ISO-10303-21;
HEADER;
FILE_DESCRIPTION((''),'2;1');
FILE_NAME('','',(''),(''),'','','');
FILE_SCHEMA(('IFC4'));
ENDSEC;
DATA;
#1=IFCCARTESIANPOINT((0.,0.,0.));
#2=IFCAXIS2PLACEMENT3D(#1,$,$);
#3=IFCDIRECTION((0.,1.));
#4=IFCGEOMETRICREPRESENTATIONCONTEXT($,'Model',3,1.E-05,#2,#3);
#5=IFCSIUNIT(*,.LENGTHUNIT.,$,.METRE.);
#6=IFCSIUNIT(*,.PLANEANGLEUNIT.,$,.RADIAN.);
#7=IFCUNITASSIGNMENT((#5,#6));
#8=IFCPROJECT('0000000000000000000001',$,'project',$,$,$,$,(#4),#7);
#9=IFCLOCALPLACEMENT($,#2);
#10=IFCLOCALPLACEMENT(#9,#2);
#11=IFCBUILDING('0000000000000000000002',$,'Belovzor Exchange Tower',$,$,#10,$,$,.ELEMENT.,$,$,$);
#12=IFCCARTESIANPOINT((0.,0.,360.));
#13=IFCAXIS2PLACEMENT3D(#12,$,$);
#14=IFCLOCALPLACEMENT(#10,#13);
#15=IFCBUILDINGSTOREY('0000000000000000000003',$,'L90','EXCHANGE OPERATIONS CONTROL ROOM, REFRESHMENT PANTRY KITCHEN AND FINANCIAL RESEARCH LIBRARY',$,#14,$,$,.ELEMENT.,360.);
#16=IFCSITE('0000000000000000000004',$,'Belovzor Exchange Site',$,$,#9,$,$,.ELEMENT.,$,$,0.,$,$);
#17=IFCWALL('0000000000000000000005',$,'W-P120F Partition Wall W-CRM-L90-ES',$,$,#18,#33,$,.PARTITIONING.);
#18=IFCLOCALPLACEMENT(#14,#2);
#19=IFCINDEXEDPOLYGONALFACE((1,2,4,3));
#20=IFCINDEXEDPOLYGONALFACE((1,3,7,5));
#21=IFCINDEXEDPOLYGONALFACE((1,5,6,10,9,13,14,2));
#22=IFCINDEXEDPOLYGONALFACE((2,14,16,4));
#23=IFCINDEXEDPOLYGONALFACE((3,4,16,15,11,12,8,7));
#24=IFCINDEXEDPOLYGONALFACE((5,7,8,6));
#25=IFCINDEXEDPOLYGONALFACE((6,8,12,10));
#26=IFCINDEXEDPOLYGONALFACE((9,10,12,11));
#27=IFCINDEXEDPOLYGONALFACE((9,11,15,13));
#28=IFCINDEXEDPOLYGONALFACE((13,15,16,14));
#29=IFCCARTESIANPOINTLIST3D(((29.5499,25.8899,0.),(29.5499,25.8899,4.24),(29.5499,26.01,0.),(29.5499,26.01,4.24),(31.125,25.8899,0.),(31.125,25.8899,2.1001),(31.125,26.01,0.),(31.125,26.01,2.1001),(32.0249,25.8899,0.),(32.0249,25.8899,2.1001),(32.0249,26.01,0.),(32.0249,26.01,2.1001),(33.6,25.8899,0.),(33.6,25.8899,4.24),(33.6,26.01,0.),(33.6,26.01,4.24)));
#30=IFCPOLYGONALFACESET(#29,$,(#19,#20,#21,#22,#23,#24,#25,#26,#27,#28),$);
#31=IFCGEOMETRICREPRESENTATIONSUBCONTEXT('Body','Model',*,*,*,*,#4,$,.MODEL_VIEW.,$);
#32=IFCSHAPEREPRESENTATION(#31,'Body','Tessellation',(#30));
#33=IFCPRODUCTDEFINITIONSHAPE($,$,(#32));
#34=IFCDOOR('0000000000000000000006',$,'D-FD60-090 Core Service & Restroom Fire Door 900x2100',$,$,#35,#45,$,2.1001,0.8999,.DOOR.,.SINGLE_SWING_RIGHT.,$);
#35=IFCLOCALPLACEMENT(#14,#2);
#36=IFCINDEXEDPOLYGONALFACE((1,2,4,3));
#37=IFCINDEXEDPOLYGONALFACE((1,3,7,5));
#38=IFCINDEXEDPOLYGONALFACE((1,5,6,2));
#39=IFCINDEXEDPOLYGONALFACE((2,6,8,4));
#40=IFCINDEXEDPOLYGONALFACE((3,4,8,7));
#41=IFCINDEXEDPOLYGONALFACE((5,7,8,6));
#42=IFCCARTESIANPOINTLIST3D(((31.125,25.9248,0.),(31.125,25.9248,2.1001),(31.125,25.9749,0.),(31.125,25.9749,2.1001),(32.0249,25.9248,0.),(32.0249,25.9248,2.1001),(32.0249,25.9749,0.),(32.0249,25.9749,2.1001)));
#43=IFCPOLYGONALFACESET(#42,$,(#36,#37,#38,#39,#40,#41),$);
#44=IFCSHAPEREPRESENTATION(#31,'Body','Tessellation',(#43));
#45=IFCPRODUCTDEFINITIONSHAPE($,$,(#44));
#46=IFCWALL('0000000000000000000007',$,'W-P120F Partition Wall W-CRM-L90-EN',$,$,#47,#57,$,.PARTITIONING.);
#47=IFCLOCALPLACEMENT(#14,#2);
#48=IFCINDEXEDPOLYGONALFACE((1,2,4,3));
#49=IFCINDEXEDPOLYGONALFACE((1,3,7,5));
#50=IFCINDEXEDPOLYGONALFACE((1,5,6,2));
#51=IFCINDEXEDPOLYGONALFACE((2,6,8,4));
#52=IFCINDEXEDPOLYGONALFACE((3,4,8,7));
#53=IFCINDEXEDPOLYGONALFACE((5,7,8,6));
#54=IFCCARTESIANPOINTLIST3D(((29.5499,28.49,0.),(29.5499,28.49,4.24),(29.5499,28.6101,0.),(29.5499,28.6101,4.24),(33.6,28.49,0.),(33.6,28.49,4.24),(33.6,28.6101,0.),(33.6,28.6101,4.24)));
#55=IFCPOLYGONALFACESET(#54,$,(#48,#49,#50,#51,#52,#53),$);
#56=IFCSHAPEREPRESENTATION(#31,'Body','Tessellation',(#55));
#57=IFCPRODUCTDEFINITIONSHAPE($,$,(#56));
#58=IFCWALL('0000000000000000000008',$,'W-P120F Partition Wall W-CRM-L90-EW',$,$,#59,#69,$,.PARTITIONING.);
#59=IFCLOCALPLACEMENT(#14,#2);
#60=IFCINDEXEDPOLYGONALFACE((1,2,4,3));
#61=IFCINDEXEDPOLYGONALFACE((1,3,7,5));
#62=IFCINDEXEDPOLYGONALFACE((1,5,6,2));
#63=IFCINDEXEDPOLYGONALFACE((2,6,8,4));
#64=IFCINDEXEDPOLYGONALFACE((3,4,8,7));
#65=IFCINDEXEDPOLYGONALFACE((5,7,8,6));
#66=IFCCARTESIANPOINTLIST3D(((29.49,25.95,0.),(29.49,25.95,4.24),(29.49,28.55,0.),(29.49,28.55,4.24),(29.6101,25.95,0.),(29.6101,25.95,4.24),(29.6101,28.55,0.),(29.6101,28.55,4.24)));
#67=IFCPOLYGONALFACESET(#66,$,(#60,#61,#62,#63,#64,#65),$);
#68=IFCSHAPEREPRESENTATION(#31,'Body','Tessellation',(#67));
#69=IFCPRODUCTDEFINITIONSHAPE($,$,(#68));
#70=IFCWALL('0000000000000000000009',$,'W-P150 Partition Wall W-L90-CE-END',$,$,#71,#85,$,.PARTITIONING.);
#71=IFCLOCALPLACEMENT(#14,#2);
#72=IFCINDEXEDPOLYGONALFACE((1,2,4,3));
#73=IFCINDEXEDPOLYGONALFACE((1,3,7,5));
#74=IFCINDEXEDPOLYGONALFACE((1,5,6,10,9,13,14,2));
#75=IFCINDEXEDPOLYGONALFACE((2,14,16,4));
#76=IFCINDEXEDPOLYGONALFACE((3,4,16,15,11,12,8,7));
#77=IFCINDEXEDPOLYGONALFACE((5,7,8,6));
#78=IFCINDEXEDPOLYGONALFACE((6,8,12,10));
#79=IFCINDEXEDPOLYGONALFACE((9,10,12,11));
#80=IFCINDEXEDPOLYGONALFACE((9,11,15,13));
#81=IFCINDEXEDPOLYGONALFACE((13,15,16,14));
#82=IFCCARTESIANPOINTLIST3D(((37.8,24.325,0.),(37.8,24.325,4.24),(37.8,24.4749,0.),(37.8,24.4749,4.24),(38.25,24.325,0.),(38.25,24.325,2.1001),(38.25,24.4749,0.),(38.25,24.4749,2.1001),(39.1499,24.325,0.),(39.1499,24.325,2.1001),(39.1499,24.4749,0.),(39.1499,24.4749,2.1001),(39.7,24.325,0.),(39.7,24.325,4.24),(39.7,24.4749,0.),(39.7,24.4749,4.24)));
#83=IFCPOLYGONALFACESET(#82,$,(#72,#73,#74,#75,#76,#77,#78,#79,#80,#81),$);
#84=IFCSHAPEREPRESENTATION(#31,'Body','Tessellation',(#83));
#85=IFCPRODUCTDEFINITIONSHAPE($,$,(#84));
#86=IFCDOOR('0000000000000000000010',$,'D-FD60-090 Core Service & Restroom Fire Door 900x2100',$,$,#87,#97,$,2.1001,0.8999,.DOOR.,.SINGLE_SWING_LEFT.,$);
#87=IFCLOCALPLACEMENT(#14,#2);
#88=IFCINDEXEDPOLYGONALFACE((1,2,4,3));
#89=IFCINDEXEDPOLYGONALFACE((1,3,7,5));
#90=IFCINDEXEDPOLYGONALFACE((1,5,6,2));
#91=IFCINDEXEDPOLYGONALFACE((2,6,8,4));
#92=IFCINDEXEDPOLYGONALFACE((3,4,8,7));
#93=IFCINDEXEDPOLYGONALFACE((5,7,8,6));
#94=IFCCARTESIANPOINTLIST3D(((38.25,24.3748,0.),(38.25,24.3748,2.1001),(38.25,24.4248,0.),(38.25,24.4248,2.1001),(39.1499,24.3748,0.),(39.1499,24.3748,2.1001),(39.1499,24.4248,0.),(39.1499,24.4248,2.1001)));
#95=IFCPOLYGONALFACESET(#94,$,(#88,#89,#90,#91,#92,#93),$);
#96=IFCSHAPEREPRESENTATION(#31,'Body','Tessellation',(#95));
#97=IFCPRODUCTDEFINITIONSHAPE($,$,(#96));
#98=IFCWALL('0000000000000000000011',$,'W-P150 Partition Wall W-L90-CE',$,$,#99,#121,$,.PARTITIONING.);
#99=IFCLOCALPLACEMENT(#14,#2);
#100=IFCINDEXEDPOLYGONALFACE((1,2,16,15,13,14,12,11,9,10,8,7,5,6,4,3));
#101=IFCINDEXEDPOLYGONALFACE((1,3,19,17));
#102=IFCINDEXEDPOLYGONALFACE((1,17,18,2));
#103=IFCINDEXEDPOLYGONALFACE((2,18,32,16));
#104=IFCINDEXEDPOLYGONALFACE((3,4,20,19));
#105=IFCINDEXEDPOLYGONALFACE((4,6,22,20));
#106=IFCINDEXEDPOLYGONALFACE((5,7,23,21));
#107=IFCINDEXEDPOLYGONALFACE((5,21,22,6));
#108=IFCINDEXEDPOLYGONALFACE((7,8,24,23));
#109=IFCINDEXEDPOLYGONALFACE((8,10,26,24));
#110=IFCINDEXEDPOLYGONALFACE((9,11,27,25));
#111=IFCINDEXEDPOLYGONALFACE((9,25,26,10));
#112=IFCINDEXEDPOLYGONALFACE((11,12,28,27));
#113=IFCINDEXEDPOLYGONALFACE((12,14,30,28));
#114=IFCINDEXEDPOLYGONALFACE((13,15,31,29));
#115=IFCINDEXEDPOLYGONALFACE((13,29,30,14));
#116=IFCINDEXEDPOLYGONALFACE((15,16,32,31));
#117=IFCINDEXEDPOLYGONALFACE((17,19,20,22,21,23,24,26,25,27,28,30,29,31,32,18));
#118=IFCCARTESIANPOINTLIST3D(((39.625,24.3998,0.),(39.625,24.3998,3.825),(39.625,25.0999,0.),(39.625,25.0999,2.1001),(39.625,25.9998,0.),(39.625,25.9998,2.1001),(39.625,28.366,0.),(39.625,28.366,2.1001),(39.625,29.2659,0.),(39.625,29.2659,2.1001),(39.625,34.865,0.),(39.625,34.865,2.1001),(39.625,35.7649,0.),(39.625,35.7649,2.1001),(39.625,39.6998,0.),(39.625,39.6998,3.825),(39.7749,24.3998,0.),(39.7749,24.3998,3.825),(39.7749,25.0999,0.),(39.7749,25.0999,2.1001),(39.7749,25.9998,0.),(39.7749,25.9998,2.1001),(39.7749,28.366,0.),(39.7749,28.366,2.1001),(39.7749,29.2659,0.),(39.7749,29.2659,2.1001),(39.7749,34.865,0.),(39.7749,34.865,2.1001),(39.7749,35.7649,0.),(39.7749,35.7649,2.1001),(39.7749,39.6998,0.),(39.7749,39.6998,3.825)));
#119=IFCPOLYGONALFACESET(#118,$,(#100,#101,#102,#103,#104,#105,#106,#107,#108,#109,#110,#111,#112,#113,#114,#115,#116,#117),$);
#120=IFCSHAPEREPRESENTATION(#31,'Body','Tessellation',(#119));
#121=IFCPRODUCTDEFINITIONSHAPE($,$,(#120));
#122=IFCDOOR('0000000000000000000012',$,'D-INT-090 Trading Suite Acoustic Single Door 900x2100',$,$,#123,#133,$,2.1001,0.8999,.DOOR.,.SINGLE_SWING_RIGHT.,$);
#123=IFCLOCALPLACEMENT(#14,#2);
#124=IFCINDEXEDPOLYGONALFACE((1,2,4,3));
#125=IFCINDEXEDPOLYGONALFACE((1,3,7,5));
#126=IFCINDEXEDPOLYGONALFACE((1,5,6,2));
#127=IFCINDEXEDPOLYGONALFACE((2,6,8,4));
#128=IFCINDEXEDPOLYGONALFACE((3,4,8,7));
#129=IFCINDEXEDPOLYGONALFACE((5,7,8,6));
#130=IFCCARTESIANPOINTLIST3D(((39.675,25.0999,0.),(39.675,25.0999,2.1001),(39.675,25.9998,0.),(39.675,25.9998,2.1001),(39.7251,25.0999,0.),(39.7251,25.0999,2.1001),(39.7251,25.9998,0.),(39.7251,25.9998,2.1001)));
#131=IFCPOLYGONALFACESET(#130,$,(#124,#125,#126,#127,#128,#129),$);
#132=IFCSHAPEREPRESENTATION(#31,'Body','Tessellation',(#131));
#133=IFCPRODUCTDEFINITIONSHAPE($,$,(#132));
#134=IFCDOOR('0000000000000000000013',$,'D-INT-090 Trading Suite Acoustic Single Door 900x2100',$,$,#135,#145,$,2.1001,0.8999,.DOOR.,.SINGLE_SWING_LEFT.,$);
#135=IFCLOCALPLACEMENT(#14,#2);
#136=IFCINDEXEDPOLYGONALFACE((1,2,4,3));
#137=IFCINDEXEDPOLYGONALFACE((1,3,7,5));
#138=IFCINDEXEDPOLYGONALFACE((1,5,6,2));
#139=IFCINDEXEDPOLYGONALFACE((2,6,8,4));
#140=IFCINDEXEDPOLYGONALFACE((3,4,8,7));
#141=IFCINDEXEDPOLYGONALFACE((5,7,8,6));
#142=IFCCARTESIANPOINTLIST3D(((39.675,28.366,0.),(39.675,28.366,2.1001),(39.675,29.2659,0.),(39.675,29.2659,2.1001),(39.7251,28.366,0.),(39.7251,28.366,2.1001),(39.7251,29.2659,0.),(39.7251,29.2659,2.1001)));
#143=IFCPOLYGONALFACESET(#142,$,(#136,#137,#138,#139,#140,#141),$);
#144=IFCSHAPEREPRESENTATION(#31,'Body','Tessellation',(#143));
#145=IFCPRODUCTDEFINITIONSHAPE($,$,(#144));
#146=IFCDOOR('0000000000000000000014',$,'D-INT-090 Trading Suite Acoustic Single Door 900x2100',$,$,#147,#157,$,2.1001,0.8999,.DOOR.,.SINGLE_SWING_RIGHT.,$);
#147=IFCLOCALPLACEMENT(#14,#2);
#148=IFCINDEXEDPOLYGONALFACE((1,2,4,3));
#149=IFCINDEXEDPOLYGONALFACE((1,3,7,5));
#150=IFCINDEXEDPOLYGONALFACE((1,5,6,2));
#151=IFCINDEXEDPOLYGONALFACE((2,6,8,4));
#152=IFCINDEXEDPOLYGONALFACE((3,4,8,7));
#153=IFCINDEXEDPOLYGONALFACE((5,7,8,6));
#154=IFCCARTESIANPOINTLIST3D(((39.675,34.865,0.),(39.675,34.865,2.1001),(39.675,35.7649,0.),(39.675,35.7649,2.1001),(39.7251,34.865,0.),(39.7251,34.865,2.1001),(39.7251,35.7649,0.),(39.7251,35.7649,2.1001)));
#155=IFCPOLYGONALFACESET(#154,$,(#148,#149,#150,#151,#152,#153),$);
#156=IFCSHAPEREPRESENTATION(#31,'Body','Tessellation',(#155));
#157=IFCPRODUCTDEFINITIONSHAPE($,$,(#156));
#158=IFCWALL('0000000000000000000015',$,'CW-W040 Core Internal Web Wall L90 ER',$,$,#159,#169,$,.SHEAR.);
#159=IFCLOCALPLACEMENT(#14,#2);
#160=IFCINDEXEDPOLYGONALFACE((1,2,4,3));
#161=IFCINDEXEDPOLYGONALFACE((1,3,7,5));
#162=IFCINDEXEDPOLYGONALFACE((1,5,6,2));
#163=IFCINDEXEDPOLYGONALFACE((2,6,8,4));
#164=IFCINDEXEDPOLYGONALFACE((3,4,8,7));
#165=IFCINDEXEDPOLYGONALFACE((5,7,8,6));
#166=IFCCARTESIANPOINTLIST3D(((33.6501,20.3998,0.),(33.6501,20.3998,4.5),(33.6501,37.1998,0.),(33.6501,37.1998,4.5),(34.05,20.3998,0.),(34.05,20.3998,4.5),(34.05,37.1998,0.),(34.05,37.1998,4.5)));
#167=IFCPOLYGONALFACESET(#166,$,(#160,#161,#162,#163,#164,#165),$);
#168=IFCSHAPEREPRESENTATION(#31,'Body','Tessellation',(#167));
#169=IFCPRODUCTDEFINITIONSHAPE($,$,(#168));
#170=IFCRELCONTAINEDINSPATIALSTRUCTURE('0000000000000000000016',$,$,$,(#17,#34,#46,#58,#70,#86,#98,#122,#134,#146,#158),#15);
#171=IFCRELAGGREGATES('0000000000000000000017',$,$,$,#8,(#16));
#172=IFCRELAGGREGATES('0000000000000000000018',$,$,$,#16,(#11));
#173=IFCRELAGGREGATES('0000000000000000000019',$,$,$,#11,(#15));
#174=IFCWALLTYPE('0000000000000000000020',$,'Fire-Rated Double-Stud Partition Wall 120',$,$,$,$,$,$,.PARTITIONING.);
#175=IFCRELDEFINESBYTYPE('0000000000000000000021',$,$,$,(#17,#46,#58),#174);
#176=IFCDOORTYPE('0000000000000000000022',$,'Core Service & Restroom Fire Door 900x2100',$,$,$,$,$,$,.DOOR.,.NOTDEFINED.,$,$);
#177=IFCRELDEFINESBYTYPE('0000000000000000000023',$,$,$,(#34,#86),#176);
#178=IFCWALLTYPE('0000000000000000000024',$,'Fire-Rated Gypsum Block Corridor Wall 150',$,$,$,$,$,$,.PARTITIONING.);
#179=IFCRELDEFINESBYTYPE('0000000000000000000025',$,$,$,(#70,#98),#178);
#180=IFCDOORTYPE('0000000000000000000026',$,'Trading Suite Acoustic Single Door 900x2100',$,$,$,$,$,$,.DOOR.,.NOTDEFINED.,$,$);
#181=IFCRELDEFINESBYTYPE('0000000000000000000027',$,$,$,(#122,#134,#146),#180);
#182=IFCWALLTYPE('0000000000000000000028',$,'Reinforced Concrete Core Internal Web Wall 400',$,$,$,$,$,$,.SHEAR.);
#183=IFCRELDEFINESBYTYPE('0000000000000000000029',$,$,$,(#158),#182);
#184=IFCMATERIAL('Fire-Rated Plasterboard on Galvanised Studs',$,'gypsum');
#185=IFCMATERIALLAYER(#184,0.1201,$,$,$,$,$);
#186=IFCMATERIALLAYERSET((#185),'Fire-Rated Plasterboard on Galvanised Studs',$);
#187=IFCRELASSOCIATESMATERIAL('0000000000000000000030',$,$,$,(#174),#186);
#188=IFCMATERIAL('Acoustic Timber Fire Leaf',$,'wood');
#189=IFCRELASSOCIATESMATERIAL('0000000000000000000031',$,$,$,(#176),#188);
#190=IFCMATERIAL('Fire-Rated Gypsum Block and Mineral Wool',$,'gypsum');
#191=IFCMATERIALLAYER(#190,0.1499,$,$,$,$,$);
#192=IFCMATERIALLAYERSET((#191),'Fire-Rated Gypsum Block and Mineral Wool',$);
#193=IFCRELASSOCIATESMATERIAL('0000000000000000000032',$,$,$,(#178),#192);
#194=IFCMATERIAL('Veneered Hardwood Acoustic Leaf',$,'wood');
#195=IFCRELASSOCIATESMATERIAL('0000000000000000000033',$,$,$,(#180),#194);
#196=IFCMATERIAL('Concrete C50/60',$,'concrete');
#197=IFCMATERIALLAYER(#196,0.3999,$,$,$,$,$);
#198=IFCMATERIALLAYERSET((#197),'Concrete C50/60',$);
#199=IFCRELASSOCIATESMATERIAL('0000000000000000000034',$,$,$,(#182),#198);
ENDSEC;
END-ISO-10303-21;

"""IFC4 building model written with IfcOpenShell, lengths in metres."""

from ifc_helpers import new_model, si_unit, direction, frame, frame_2d, origin, place, context, subcontext, project, spatial, rectangle, extrude, material, layer, layer_set, type_object, element, fill, save


model = new_model("IFC4")

# Units and contexts
model_context = context("Model", 3, precision=1e-05, world=origin(), true_north=direction((0.0, 1.0)))
body_context = subcontext(model_context, "Body", "Model", "MODEL_VIEW")
ifc_project = project(units=[si_unit("LENGTHUNIT", "METRE"), si_unit("PLANEANGLEUNIT", "RADIAN")], contexts=[model_context])

# Site, building, storey
site_placement = place(None, origin())
site = spatial("IfcSite", under=ifc_project, at=site_placement, Name="Belovzor Exchange Site", CompositionType="ELEMENT", RefElevation=0.0)
building_placement = place(site_placement, origin())
building = spatial("IfcBuilding", under=site, at=building_placement, Name="Belovzor Exchange Tower", CompositionType="ELEMENT")
storey_placement = place(building_placement, frame((0.0, 0.0, 360.0)))
storey = spatial("IfcBuildingStorey", under=building, at=storey_placement, Name="L90", Description="EXCHANGE OPERATIONS CONTROL ROOM, REFRESHMENT PANTRY KITCHEN AND FINANCIAL RESEARCH LIBRARY", CompositionType="ELEMENT", Elevation=360.0)

# Shared definitions
ifc_material_1 = material(Name="Fire-Rated Plasterboard on Galvanised Studs", Category="gypsum")
ifc_layer_1 = layer(ifc_material_1, 0.1201)
ifc_layer_set_1 = layer_set([ifc_layer_1], Name="Fire-Rated Plasterboard on Galvanised Studs")
wall_type_1 = type_object("IfcWallType", Name="Fire-Rated Double-Stud Partition Wall 120", PredefinedType="PARTITIONING", material=ifc_layer_set_1)
ifc_material_2 = material(Name="Acoustic Timber Fire Leaf", Category="wood")
door_type_1 = type_object("IfcDoorType", Name="Core Service & Restroom Fire Door 900x2100", OperationType="NOTDEFINED", PredefinedType="DOOR", material=ifc_material_2)

# Wall, opening, door
wall_1_placement = place(storey_placement, frame((29.55, 25.95, 0.0), z_axis=(0.0, 0.0, 1.0), x_axis=(1.0, 0.0, 0.0)))
wall_1 = element("IfcWall", 1, at=wall_1_placement, inside=storey, type_object=wall_type_1, Name="W-P120F Partition Wall W-CRM-L90-ES", PredefinedType="PARTITIONING", context=body_context, shape_type="SweptSolid", body=[
    extrude(rectangle(XDim=4.05, YDim=0.1201, at=frame_2d((2.0249, 0.0))), origin(), (0.0, 0.0, 1.0), 4.24),
])
opening_1_placement = place(wall_1_placement, frame((1.575, 0.0, 0.0)))
opening_1 = element("IfcOpeningElement", 2, at=opening_1_placement, cuts=wall_1, PredefinedType="OPENING", context=body_context, shape_type="SweptSolid", body=[
    extrude(rectangle(XDim=0.8999, YDim=2.1001, at=frame_2d((0.45, 1.05))), frame((0.0, 0.0701, 0.0), z_axis=(0.0, -1.0, 0.0), x_axis=(1.0, 0.0, 0.0)), (0.0, 0.0, 1.0), 0.1401),
])
door_1_placement = place(opening_1_placement, origin())
door_1 = element("IfcDoor", 3, at=door_1_placement, inside=storey, type_object=door_type_1, Name="D-FD60-090 Core Service & Restroom Fire Door 900x2100", OperationType="SINGLE_SWING_RIGHT", OverallHeight=2.1001, OverallWidth=0.8999, PredefinedType="DOOR", context=body_context, shape_type="SweptSolid", body=[
    extrude(rectangle(XDim=0.8999, YDim=2.1001, at=frame_2d((0.45, 1.05))), frame((0.0, 0.0249, 0.0), z_axis=(0.0, -1.0, 0.0), x_axis=(1.0, 0.0, 0.0)), (0.0, 0.0, 1.0), 0.05),
])
fill(opening_1, door_1)

# Walls
wall_2_placement = place(storey_placement, frame((29.55, 28.55, 0.0), z_axis=(0.0, 0.0, 1.0), x_axis=(1.0, 0.0, 0.0)))
element("IfcWall", 4, at=wall_2_placement, inside=storey, type_object=wall_type_1, Name="W-P120F Partition Wall W-CRM-L90-EN", PredefinedType="PARTITIONING", context=body_context, shape_type="SweptSolid", body=[
    extrude(rectangle(XDim=4.05, YDim=0.1201, at=frame_2d((2.0249, 0.0))), origin(), (0.0, 0.0, 1.0), 4.24),
])
wall_3_placement = place(storey_placement, frame((29.55, 25.95, 0.0), z_axis=(0.0, 0.0, 1.0), x_axis=(0.0, 1.0, 0.0)))
element("IfcWall", 5, at=wall_3_placement, inside=storey, type_object=wall_type_1, Name="W-P120F Partition Wall W-CRM-L90-EW", PredefinedType="PARTITIONING", context=body_context, shape_type="SweptSolid", body=[
    extrude(rectangle(XDim=2.6001, YDim=0.1201, at=frame_2d((1.3, 0.0))), origin(), (0.0, 0.0, 1.0), 4.24),
])

# Wall, opening, door
ifc_material_3 = material(Name="Fire-Rated Gypsum Block and Mineral Wool", Category="gypsum")
ifc_layer_2 = layer(ifc_material_3, 0.1499)
ifc_layer_set_2 = layer_set([ifc_layer_2], Name="Fire-Rated Gypsum Block and Mineral Wool")
wall_type_2 = type_object("IfcWallType", Name="Fire-Rated Gypsum Block Corridor Wall 150", PredefinedType="PARTITIONING", material=ifc_layer_set_2)
wall_4_placement = place(storey_placement, frame((37.8, 24.3999, 0.0), z_axis=(0.0, 0.0, 1.0), x_axis=(1.0, 0.0, 0.0)))
wall_4 = element("IfcWall", 6, at=wall_4_placement, inside=storey, type_object=wall_type_2, Name="W-P150 Partition Wall W-L90-CE-END", PredefinedType="PARTITIONING", context=body_context, shape_type="SweptSolid", body=[
    extrude(rectangle(XDim=1.8999, YDim=0.1499, at=frame_2d((0.95, 0.0))), origin(), (0.0, 0.0, 1.0), 4.24),
])
opening_2_placement = place(wall_4_placement, frame((0.45, 0.0, 0.0)))
opening_2 = element("IfcOpeningElement", 7, at=opening_2_placement, cuts=wall_4, PredefinedType="OPENING", context=body_context, shape_type="SweptSolid", body=[
    extrude(rectangle(XDim=0.8999, YDim=2.1001, at=frame_2d((0.45, 1.05))), frame((0.0, 0.085, 0.0), z_axis=(0.0, -1.0, 0.0), x_axis=(1.0, 0.0, 0.0)), (0.0, 0.0, 1.0), 0.1699),
])
door_2_placement = place(opening_2_placement, origin())
door_2 = element("IfcDoor", 8, at=door_2_placement, inside=storey, type_object=door_type_1, Name="D-FD60-090 Core Service & Restroom Fire Door 900x2100", OperationType="SINGLE_SWING_LEFT", OverallHeight=2.1001, OverallWidth=0.8999, PredefinedType="DOOR", context=body_context, shape_type="SweptSolid", body=[
    extrude(rectangle(XDim=0.8999, YDim=2.1001, at=frame_2d((0.45, 1.05))), frame((0.0, 0.0249, 0.0), z_axis=(0.0, -1.0, 0.0), x_axis=(1.0, 0.0, 0.0)), (0.0, 0.0, 1.0), 0.05),
])
fill(opening_2, door_2)

# Wall, openings, doors
wall_5_placement = place(storey_placement, frame((39.7, 24.3999, 0.0), z_axis=(0.0, 0.0, 1.0), x_axis=(0.0, 1.0, 0.0)))
wall_5 = element("IfcWall", 9, at=wall_5_placement, inside=storey, type_object=wall_type_2, Name="W-P150 Partition Wall W-L90-CE", PredefinedType="PARTITIONING", context=body_context, shape_type="SweptSolid", body=[
    extrude(rectangle(XDim=15.3, YDim=0.1499, at=frame_2d((7.6499, 0.0))), origin(), (0.0, 0.0, 1.0), 3.825),
])
opening_3_placement = place(wall_5_placement, frame((0.7, 0.0, 0.0)))
opening_3 = element("IfcOpeningElement", 10, at=opening_3_placement, cuts=wall_5, PredefinedType="OPENING", context=body_context, shape_type="SweptSolid", body=[
    extrude(rectangle(XDim=0.8999, YDim=2.1001, at=frame_2d((0.45, 1.05))), frame((0.0, 0.085, 0.0), z_axis=(0.0, -1.0, 0.0), x_axis=(1.0, 0.0, 0.0)), (0.0, 0.0, 1.0), 0.1699),
])
opening_4_placement = place(wall_5_placement, frame((3.9661, 0.0, 0.0)))
opening_4 = element("IfcOpeningElement", 11, at=opening_4_placement, cuts=wall_5, PredefinedType="OPENING", context=body_context, shape_type="SweptSolid", body=[
    extrude(rectangle(XDim=0.8999, YDim=2.1001, at=frame_2d((0.45, 1.05))), frame((0.0, 0.085, 0.0), z_axis=(0.0, -1.0, 0.0), x_axis=(1.0, 0.0, 0.0)), (0.0, 0.0, 1.0), 0.1699),
])
opening_5_placement = place(wall_5_placement, frame((10.4651, 0.0, 0.0)))
opening_5 = element("IfcOpeningElement", 12, at=opening_5_placement, cuts=wall_5, PredefinedType="OPENING", context=body_context, shape_type="SweptSolid", body=[
    extrude(rectangle(XDim=0.8999, YDim=2.1001, at=frame_2d((0.45, 1.05))), frame((0.0, 0.085, 0.0), z_axis=(0.0, -1.0, 0.0), x_axis=(1.0, 0.0, 0.0)), (0.0, 0.0, 1.0), 0.1699),
])
ifc_material_4 = material(Name="Veneered Hardwood Acoustic Leaf", Category="wood")
door_type_2 = type_object("IfcDoorType", Name="Trading Suite Acoustic Single Door 900x2100", OperationType="NOTDEFINED", PredefinedType="DOOR", material=ifc_material_4)
door_3_placement = place(opening_3_placement, origin())
door_3 = element("IfcDoor", 13, at=door_3_placement, inside=storey, type_object=door_type_2, Name="D-INT-090 Trading Suite Acoustic Single Door 900x2100", OperationType="SINGLE_SWING_RIGHT", OverallHeight=2.1001, OverallWidth=0.8999, PredefinedType="DOOR", context=body_context, shape_type="SweptSolid", body=[
    extrude(rectangle(XDim=0.8999, YDim=2.1001, at=frame_2d((0.45, 1.05))), frame((0.0, 0.0249, 0.0), z_axis=(0.0, -1.0, 0.0), x_axis=(1.0, 0.0, 0.0)), (0.0, 0.0, 1.0), 0.05),
])
fill(opening_3, door_3)
door_4_placement = place(opening_4_placement, origin())
door_4 = element("IfcDoor", 14, at=door_4_placement, inside=storey, type_object=door_type_2, Name="D-INT-090 Trading Suite Acoustic Single Door 900x2100", OperationType="SINGLE_SWING_LEFT", OverallHeight=2.1001, OverallWidth=0.8999, PredefinedType="DOOR", context=body_context, shape_type="SweptSolid", body=[
    extrude(rectangle(XDim=0.8999, YDim=2.1001, at=frame_2d((0.45, 1.05))), frame((0.0, 0.0249, 0.0), z_axis=(0.0, -1.0, 0.0), x_axis=(1.0, 0.0, 0.0)), (0.0, 0.0, 1.0), 0.05),
])
fill(opening_4, door_4)
door_5_placement = place(opening_5_placement, origin())
door_5 = element("IfcDoor", 15, at=door_5_placement, inside=storey, type_object=door_type_2, Name="D-INT-090 Trading Suite Acoustic Single Door 900x2100", OperationType="SINGLE_SWING_RIGHT", OverallHeight=2.1001, OverallWidth=0.8999, PredefinedType="DOOR", context=body_context, shape_type="SweptSolid", body=[
    extrude(rectangle(XDim=0.8999, YDim=2.1001, at=frame_2d((0.45, 1.05))), frame((0.0, 0.0249, 0.0), z_axis=(0.0, -1.0, 0.0), x_axis=(1.0, 0.0, 0.0)), (0.0, 0.0, 1.0), 0.05),
])
fill(opening_5, door_5)

# Wall
ifc_material_5 = material(Name="Concrete C50/60", Category="concrete")
ifc_layer_3 = layer(ifc_material_5, 0.3999)
ifc_layer_set_3 = layer_set([ifc_layer_3], Name="Concrete C50/60")
wall_type_3 = type_object("IfcWallType", Name="Reinforced Concrete Core Internal Web Wall 400", PredefinedType="SHEAR", material=ifc_layer_set_3)
wall_6_placement = place(storey_placement, frame((33.8501, 20.3999, 0.0), z_axis=(0.0, 0.0, 1.0), x_axis=(0.0, 1.0, 0.0)))
element("IfcWall", 16, at=wall_6_placement, inside=storey, type_object=wall_type_3, Name="CW-W040 Core Internal Web Wall L90 ER", PredefinedType="SHEAR", context=body_context, shape_type="SweptSolid", body=[
    extrude(rectangle(XDim=16.8, YDim=0.3999, at=frame_2d((8.3999, 0.0))), origin(), (0.0, 0.0, 1.0), 4.5),
])

save(model, "model.ifc")
